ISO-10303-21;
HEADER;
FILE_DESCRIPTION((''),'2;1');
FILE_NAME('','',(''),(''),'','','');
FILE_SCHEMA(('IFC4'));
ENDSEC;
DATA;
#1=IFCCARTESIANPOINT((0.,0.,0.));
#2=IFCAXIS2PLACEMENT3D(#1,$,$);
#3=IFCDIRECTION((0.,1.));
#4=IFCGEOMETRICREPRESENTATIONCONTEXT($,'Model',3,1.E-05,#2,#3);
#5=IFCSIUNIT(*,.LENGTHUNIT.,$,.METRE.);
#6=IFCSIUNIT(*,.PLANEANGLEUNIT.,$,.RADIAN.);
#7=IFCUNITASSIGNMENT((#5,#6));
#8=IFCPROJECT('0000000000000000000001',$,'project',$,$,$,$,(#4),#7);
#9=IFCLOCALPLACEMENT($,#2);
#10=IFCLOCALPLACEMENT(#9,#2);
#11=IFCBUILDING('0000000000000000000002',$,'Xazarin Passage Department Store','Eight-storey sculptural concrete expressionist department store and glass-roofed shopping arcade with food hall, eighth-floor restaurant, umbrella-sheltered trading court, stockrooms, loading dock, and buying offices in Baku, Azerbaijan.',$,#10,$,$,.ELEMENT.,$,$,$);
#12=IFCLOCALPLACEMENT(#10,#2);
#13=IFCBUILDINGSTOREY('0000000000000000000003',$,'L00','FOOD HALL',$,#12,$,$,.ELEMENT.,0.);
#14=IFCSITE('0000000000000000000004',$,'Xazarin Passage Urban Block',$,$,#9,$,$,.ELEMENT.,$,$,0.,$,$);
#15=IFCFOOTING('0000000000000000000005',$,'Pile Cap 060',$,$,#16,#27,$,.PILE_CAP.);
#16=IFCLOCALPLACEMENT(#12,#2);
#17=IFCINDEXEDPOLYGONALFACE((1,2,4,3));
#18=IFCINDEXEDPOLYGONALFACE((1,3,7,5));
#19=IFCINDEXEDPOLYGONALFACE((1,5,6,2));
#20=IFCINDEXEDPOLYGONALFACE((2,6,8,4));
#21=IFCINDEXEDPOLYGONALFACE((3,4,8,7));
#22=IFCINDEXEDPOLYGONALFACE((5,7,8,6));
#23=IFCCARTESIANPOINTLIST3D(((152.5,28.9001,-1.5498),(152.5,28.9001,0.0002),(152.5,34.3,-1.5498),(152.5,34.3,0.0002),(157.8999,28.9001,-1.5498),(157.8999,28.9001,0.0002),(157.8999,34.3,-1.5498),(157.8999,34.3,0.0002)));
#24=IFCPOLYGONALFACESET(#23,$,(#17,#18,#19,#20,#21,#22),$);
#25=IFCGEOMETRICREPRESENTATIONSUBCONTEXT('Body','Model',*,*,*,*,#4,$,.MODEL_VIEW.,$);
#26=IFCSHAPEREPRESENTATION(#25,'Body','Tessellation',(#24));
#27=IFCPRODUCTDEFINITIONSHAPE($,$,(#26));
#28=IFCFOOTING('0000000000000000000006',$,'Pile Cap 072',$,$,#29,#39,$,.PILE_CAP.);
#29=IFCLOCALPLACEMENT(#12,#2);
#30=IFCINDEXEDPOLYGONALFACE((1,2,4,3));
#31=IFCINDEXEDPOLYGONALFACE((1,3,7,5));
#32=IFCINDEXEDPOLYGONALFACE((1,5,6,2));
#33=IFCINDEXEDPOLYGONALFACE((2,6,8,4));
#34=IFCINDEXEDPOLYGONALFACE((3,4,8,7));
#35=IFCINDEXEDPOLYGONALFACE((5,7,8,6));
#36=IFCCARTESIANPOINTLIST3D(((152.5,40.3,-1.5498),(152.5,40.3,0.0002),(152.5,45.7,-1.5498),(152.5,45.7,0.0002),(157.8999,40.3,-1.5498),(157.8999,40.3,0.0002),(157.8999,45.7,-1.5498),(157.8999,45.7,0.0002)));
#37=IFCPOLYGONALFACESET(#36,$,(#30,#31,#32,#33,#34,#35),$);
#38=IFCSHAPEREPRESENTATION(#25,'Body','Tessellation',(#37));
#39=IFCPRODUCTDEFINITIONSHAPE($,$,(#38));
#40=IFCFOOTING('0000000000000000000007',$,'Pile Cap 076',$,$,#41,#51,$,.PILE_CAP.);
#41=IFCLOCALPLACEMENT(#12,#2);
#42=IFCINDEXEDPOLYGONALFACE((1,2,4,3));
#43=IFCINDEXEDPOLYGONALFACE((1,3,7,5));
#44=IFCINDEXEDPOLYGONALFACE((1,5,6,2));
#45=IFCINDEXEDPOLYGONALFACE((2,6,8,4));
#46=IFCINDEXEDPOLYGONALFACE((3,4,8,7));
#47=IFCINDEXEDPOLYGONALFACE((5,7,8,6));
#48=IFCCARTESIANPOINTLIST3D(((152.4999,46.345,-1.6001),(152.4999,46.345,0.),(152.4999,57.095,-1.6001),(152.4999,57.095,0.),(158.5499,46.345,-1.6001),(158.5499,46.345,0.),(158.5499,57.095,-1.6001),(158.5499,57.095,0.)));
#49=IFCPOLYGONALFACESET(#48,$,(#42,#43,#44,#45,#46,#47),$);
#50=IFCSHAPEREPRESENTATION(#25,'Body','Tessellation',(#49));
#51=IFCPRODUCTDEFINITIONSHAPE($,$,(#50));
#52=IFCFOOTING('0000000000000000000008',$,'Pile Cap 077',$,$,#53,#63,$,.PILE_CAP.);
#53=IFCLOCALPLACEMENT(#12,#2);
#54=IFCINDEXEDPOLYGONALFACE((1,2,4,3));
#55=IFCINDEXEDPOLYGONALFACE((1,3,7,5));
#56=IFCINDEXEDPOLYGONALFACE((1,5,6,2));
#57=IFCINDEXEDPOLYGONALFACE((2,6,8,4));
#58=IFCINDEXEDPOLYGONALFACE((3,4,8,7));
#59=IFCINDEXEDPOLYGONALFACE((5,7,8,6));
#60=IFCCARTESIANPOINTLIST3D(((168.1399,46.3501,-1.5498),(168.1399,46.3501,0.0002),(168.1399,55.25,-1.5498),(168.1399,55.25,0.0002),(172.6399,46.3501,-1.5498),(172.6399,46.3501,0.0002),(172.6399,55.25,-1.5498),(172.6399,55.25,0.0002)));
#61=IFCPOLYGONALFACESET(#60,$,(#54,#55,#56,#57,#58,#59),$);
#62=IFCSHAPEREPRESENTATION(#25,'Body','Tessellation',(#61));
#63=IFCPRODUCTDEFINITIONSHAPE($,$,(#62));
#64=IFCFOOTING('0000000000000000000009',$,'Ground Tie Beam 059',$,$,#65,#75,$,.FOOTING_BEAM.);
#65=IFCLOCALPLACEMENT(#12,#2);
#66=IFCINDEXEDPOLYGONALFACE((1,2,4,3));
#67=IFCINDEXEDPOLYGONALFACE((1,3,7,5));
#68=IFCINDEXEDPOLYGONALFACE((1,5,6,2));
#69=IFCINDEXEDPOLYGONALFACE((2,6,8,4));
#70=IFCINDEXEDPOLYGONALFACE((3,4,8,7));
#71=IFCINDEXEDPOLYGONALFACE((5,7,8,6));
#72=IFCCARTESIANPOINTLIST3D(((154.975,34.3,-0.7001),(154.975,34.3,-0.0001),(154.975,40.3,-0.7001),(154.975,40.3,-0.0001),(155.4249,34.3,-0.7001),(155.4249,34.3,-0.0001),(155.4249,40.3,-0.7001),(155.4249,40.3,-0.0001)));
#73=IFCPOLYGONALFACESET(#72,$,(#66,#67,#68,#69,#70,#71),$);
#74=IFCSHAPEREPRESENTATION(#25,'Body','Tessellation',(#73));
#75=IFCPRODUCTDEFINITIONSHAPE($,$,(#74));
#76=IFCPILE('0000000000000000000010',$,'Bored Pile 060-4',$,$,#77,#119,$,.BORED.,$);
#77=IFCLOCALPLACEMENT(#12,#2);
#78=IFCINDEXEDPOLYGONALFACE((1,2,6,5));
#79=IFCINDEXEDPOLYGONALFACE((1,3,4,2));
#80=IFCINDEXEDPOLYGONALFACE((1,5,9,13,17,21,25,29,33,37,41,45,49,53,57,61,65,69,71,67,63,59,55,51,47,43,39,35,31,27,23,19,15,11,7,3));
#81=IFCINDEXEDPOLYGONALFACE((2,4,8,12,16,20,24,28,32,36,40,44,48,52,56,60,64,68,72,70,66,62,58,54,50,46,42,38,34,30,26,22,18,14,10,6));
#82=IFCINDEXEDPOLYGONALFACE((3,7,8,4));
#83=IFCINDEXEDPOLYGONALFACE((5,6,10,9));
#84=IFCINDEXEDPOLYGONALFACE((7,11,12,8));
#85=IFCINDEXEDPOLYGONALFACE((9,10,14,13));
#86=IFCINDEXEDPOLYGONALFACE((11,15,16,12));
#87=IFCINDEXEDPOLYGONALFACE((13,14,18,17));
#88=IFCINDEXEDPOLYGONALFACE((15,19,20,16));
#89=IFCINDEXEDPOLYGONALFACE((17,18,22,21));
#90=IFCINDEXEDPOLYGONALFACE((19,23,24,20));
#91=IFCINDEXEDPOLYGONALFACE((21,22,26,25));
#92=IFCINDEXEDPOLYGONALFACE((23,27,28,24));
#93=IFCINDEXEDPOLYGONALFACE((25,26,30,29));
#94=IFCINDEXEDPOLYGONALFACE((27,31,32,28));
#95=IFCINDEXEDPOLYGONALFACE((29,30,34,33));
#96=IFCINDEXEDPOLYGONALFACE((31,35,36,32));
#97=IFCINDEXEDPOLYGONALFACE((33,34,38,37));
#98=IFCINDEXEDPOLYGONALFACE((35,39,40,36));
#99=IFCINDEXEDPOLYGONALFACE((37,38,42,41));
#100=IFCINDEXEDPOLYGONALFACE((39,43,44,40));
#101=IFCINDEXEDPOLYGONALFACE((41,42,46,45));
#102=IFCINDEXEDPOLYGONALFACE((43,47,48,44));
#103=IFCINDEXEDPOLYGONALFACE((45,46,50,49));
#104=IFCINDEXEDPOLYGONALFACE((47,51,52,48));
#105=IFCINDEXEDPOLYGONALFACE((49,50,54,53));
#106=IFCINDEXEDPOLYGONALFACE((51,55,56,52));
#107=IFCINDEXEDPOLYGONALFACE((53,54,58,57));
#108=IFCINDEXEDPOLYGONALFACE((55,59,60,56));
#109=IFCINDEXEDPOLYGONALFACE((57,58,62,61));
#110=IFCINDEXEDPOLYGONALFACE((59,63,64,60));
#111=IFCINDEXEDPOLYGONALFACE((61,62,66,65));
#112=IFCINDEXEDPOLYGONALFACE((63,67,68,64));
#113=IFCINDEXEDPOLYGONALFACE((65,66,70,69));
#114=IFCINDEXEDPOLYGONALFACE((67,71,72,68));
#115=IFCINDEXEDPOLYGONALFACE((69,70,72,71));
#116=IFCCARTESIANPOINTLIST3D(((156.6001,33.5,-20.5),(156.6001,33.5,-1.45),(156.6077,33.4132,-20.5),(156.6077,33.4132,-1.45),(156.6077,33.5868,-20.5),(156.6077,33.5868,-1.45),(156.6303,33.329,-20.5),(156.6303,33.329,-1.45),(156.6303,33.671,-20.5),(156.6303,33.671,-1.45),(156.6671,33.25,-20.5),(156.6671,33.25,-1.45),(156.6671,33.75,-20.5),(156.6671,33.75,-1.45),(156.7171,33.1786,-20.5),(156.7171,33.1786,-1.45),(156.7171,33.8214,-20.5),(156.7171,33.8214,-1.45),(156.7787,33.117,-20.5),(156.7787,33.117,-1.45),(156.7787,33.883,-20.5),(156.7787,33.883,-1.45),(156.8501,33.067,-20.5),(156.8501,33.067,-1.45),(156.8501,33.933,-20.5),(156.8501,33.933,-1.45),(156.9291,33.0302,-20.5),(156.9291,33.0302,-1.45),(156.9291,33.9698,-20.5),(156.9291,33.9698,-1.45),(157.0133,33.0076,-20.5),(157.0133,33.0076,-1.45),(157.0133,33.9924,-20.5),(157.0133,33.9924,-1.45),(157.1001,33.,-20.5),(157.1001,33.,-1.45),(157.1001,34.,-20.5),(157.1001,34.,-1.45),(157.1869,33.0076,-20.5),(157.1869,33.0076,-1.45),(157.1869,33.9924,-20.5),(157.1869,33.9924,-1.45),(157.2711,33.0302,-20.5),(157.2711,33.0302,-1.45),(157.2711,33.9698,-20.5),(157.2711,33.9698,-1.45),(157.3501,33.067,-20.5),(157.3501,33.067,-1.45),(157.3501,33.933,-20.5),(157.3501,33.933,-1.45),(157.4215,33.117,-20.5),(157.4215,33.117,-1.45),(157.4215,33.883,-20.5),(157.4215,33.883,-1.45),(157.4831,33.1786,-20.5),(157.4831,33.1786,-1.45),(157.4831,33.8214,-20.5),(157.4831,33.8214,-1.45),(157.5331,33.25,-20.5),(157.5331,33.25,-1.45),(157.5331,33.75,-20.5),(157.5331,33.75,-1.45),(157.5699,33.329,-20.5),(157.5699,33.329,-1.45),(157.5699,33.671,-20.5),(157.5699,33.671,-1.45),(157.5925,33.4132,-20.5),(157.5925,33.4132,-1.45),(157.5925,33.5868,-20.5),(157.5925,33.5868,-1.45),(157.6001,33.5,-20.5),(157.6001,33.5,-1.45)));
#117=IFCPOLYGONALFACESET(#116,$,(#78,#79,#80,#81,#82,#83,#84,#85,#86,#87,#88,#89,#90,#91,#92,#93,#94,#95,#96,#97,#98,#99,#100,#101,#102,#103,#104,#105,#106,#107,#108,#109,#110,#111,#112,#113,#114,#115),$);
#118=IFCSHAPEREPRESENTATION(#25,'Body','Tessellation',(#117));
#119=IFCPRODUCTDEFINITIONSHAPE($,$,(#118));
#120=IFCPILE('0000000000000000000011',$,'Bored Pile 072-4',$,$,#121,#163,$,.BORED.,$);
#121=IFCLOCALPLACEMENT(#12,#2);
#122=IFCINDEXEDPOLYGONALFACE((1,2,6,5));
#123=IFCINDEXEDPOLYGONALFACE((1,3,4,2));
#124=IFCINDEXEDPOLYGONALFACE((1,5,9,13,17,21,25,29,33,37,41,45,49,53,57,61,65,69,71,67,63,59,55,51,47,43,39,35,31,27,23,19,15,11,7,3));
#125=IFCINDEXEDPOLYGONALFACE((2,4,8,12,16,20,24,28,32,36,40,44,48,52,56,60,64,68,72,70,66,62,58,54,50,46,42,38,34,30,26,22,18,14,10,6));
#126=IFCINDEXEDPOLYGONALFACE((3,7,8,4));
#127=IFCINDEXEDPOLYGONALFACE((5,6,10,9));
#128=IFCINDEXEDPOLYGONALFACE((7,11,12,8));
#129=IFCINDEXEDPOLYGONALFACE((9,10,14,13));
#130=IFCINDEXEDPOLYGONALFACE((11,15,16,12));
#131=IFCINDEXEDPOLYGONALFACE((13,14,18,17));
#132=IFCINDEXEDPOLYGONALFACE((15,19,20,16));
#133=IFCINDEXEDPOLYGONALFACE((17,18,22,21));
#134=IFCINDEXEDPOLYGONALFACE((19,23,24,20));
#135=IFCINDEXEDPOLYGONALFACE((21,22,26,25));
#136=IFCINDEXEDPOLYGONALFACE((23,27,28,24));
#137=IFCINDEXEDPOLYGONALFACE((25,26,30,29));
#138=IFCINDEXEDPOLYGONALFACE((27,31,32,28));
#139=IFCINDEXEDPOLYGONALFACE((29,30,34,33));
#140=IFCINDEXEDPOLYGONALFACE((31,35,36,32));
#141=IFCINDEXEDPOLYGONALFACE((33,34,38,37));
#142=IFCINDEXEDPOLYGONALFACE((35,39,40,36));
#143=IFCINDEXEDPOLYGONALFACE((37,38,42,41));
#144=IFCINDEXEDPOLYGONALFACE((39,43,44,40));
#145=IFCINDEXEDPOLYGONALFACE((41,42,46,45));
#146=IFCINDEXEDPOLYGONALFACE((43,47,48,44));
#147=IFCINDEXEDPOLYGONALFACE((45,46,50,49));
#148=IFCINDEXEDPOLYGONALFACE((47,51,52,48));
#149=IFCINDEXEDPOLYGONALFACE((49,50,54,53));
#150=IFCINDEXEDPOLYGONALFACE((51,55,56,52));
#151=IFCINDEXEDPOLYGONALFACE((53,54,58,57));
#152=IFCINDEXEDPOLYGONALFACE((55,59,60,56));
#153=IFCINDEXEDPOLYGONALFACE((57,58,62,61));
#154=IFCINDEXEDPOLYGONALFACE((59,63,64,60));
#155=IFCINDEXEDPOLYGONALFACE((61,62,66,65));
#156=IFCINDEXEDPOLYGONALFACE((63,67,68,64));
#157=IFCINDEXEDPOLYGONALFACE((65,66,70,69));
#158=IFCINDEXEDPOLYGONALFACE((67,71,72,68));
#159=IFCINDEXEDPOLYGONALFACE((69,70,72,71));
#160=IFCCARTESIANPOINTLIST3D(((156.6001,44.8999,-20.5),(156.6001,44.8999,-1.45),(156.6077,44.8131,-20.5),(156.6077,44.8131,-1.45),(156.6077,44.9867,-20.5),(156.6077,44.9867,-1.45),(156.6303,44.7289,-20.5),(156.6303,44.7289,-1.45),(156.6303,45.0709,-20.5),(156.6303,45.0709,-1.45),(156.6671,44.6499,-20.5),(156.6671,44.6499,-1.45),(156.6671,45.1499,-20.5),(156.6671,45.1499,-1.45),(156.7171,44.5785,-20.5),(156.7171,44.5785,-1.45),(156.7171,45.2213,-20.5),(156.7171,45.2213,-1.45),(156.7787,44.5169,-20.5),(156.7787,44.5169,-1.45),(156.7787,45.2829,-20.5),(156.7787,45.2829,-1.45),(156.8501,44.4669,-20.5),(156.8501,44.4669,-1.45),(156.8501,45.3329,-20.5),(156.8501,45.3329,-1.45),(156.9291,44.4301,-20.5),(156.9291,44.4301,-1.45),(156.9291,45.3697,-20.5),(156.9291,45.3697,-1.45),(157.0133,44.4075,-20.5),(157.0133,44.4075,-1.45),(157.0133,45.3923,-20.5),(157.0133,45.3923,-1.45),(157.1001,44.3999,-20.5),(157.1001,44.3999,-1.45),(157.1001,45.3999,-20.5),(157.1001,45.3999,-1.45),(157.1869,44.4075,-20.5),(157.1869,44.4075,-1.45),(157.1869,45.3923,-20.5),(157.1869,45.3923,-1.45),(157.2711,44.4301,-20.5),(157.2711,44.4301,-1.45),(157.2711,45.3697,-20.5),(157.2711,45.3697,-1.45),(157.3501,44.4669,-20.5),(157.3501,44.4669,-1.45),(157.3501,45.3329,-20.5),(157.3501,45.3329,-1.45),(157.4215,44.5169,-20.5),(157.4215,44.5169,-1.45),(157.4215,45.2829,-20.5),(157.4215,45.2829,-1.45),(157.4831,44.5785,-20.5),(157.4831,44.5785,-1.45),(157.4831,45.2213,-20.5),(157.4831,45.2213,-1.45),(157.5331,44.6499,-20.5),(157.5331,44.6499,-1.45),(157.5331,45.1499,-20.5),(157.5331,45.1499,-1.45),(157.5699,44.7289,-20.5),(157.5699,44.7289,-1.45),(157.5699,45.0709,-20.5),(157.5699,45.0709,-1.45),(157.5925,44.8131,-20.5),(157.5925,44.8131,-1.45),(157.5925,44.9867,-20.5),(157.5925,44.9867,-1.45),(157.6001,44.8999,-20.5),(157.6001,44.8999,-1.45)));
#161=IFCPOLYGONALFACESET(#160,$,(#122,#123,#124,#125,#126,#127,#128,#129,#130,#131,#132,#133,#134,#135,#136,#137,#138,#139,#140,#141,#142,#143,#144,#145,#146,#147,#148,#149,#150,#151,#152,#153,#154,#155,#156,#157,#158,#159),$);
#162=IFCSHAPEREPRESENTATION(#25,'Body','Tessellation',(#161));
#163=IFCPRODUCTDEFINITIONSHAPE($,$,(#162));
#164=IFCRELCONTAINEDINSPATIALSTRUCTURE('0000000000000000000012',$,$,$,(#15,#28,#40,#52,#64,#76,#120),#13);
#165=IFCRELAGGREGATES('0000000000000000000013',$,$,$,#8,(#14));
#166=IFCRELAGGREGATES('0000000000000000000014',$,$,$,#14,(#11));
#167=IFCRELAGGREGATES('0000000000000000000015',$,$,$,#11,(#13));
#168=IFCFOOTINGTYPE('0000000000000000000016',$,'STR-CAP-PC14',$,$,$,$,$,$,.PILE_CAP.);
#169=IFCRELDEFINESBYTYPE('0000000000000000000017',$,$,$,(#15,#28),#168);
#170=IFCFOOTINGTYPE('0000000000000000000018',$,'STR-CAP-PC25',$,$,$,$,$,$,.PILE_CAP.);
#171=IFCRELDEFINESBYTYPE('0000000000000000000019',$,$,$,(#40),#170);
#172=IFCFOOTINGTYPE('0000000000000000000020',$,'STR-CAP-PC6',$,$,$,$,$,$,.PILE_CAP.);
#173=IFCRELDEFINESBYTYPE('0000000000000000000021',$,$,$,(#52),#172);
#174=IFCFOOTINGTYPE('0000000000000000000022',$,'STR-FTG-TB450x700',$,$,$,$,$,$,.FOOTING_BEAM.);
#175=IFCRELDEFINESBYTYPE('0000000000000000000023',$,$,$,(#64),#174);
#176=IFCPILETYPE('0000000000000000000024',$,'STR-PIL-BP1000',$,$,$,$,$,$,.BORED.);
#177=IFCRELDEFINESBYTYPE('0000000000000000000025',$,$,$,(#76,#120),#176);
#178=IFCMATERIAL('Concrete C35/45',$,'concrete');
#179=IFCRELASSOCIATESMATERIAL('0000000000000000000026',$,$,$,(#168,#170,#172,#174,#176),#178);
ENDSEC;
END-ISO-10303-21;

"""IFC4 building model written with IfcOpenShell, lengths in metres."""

from ifc_helpers import new_model, si_unit, direction, frame, origin, origin_2d, place, context, subcontext, project, spatial, rectangle, circle, extrude, material, material_profile, profile_set, type_object, element, save


model = new_model("IFC4")

# Units and contexts
model_context = context("Model", 3, precision=1e-05, world=origin(), true_north=direction((0.0, 1.0)))
body_context = subcontext(model_context, "Body", "Model", "MODEL_VIEW")
ifc_project = project(units=[si_unit("LENGTHUNIT", "METRE"), si_unit("PLANEANGLEUNIT", "RADIAN")], contexts=[model_context])

# Site, building, storey
site_placement = place(None, origin())
site = spatial("IfcSite", under=ifc_project, at=site_placement, Name="Xazarin Passage Urban Block", CompositionType="ELEMENT", RefElevation=0.0)
building_placement = place(site_placement, origin())
building = spatial("IfcBuilding", under=site, at=building_placement, Name="Xazarin Passage Department Store", Description="Eight-storey sculptural concrete expressionist department store and glass-roofed shopping arcade with food hall, eighth-floor restaurant, umbrella-sheltered trading court, stockrooms, loading dock, and buying offices in Baku, Azerbaijan.", CompositionType="ELEMENT")
storey_placement = place(building_placement, origin())
storey = spatial("IfcBuildingStorey", under=building, at=storey_placement, Name="L00", Description="FOOD HALL", CompositionType="ELEMENT", Elevation=0.0)

# Footings
ifc_material_1 = material(Name="Concrete C35/45", Category="concrete")
footing_type_1 = type_object("IfcFootingType", Name="STR-CAP-PC14", PredefinedType="PILE_CAP", material=ifc_material_1)
for number, where, z_axis, x_axis, name in (
    (1, (155.2, 31.6001, -1.5498), (0.0, 0.0, 1.0), (1.0, 0.0, 0.0), "Pile Cap 060"),
    (2, (155.2, 43.0, -1.5498), (0.0, 0.0, 1.0), (1.0, 0.0, 0.0), "Pile Cap 072"),
):
    element("IfcFooting", number, at=place(storey_placement, frame(where, z_axis=z_axis, x_axis=x_axis)), inside=storey, type_object=footing_type_1, Name=name, PredefinedType="PILE_CAP", context=body_context, shape_type="SweptSolid", body=[
        extrude(rectangle(XDim=5.3999, YDim=5.3999, at=origin_2d()), origin(), (0.0, 0.0, 1.0), 1.55),
    ])
footing_type_2 = type_object("IfcFootingType", Name="STR-CAP-PC25", PredefinedType="PILE_CAP", material=ifc_material_1)
footing_1_placement = place(storey_placement, frame((155.5249, 51.72, -1.6001), z_axis=(0.0, 0.0, 1.0), x_axis=(0.0, 1.0, 0.0)))
element("IfcFooting", 3, at=footing_1_placement, inside=storey, type_object=footing_type_2, Name="Pile Cap 076", PredefinedType="PILE_CAP", context=body_context, shape_type="SweptSolid", body=[
    extrude(rectangle(XDim=10.75, YDim=6.05, at=origin_2d()), origin(), (0.0, 0.0, 1.0), 1.6001),
])
footing_type_3 = type_object("IfcFootingType", Name="STR-CAP-PC6", PredefinedType="PILE_CAP", material=ifc_material_1)
footing_2_placement = place(storey_placement, frame((170.3899, 50.8, -1.5498), z_axis=(0.0, 0.0, 1.0), x_axis=(0.0, 1.0, 0.0)))
element("IfcFooting", 4, at=footing_2_placement, inside=storey, type_object=footing_type_3, Name="Pile Cap 077", PredefinedType="PILE_CAP", context=body_context, shape_type="SweptSolid", body=[
    extrude(rectangle(XDim=8.8999, YDim=4.5, at=origin_2d()), origin(), (0.0, 0.0, 1.0), 1.55),
])
ifc_material_profile_1 = material_profile(ifc_material_1, rectangle(XDim=0.45, YDim=0.7, at=origin_2d()), Name="RC 450x700")
ifc_profile_set_1 = profile_set([ifc_material_profile_1], Name="Concrete C35/45")
footing_type_4 = type_object("IfcFootingType", Name="STR-FTG-TB450x700", PredefinedType="FOOTING_BEAM", material=ifc_profile_set_1)
footing_3_placement = place(storey_placement, frame((155.2, 34.3, -0.3501), z_axis=(0.0, 1.0, 0.0), x_axis=(-1.0, 0.0, 0.0)))
element("IfcFooting", 5, at=footing_3_placement, inside=storey, type_object=footing_type_4, Name="Ground Tie Beam 059", PredefinedType="FOOTING_BEAM", context=body_context, shape_type="SweptSolid", body=[
    extrude(rectangle(XDim=0.45, YDim=0.7, at=origin_2d()), origin(), (0.0, 0.0, 1.0), 6.0),
])

# Piles
ifc_material_profile_2 = material_profile(ifc_material_1, circle(Radius=0.5, at=origin_2d()), Name="BP 1000")
ifc_profile_set_2 = profile_set([ifc_material_profile_2], Name="Concrete C35/45")
pile_type_1 = type_object("IfcPileType", Name="STR-PIL-BP1000", PredefinedType="BORED", material=ifc_profile_set_2)
for number, where, z_axis, x_axis, name in (
    (6, (157.1001, 33.5, -1.45), (0.0, 0.0, -1.0), (1.0, 0.0, 0.0), "Bored Pile 060-4"),
    (7, (157.1001, 44.8999, -1.45), (0.0, 0.0, -1.0), (1.0, 0.0, 0.0), "Bored Pile 072-4"),
):
    element("IfcPile", number, at=place(storey_placement, frame(where, z_axis=z_axis, x_axis=x_axis)), inside=storey, type_object=pile_type_1, Name=name, PredefinedType="BORED", context=body_context, shape_type="SweptSolid", body=[
        extrude(circle(Radius=0.5, at=origin_2d()), origin(), (0.0, 0.0, 1.0), 19.05),
    ])

save(model, "model.ifc")
